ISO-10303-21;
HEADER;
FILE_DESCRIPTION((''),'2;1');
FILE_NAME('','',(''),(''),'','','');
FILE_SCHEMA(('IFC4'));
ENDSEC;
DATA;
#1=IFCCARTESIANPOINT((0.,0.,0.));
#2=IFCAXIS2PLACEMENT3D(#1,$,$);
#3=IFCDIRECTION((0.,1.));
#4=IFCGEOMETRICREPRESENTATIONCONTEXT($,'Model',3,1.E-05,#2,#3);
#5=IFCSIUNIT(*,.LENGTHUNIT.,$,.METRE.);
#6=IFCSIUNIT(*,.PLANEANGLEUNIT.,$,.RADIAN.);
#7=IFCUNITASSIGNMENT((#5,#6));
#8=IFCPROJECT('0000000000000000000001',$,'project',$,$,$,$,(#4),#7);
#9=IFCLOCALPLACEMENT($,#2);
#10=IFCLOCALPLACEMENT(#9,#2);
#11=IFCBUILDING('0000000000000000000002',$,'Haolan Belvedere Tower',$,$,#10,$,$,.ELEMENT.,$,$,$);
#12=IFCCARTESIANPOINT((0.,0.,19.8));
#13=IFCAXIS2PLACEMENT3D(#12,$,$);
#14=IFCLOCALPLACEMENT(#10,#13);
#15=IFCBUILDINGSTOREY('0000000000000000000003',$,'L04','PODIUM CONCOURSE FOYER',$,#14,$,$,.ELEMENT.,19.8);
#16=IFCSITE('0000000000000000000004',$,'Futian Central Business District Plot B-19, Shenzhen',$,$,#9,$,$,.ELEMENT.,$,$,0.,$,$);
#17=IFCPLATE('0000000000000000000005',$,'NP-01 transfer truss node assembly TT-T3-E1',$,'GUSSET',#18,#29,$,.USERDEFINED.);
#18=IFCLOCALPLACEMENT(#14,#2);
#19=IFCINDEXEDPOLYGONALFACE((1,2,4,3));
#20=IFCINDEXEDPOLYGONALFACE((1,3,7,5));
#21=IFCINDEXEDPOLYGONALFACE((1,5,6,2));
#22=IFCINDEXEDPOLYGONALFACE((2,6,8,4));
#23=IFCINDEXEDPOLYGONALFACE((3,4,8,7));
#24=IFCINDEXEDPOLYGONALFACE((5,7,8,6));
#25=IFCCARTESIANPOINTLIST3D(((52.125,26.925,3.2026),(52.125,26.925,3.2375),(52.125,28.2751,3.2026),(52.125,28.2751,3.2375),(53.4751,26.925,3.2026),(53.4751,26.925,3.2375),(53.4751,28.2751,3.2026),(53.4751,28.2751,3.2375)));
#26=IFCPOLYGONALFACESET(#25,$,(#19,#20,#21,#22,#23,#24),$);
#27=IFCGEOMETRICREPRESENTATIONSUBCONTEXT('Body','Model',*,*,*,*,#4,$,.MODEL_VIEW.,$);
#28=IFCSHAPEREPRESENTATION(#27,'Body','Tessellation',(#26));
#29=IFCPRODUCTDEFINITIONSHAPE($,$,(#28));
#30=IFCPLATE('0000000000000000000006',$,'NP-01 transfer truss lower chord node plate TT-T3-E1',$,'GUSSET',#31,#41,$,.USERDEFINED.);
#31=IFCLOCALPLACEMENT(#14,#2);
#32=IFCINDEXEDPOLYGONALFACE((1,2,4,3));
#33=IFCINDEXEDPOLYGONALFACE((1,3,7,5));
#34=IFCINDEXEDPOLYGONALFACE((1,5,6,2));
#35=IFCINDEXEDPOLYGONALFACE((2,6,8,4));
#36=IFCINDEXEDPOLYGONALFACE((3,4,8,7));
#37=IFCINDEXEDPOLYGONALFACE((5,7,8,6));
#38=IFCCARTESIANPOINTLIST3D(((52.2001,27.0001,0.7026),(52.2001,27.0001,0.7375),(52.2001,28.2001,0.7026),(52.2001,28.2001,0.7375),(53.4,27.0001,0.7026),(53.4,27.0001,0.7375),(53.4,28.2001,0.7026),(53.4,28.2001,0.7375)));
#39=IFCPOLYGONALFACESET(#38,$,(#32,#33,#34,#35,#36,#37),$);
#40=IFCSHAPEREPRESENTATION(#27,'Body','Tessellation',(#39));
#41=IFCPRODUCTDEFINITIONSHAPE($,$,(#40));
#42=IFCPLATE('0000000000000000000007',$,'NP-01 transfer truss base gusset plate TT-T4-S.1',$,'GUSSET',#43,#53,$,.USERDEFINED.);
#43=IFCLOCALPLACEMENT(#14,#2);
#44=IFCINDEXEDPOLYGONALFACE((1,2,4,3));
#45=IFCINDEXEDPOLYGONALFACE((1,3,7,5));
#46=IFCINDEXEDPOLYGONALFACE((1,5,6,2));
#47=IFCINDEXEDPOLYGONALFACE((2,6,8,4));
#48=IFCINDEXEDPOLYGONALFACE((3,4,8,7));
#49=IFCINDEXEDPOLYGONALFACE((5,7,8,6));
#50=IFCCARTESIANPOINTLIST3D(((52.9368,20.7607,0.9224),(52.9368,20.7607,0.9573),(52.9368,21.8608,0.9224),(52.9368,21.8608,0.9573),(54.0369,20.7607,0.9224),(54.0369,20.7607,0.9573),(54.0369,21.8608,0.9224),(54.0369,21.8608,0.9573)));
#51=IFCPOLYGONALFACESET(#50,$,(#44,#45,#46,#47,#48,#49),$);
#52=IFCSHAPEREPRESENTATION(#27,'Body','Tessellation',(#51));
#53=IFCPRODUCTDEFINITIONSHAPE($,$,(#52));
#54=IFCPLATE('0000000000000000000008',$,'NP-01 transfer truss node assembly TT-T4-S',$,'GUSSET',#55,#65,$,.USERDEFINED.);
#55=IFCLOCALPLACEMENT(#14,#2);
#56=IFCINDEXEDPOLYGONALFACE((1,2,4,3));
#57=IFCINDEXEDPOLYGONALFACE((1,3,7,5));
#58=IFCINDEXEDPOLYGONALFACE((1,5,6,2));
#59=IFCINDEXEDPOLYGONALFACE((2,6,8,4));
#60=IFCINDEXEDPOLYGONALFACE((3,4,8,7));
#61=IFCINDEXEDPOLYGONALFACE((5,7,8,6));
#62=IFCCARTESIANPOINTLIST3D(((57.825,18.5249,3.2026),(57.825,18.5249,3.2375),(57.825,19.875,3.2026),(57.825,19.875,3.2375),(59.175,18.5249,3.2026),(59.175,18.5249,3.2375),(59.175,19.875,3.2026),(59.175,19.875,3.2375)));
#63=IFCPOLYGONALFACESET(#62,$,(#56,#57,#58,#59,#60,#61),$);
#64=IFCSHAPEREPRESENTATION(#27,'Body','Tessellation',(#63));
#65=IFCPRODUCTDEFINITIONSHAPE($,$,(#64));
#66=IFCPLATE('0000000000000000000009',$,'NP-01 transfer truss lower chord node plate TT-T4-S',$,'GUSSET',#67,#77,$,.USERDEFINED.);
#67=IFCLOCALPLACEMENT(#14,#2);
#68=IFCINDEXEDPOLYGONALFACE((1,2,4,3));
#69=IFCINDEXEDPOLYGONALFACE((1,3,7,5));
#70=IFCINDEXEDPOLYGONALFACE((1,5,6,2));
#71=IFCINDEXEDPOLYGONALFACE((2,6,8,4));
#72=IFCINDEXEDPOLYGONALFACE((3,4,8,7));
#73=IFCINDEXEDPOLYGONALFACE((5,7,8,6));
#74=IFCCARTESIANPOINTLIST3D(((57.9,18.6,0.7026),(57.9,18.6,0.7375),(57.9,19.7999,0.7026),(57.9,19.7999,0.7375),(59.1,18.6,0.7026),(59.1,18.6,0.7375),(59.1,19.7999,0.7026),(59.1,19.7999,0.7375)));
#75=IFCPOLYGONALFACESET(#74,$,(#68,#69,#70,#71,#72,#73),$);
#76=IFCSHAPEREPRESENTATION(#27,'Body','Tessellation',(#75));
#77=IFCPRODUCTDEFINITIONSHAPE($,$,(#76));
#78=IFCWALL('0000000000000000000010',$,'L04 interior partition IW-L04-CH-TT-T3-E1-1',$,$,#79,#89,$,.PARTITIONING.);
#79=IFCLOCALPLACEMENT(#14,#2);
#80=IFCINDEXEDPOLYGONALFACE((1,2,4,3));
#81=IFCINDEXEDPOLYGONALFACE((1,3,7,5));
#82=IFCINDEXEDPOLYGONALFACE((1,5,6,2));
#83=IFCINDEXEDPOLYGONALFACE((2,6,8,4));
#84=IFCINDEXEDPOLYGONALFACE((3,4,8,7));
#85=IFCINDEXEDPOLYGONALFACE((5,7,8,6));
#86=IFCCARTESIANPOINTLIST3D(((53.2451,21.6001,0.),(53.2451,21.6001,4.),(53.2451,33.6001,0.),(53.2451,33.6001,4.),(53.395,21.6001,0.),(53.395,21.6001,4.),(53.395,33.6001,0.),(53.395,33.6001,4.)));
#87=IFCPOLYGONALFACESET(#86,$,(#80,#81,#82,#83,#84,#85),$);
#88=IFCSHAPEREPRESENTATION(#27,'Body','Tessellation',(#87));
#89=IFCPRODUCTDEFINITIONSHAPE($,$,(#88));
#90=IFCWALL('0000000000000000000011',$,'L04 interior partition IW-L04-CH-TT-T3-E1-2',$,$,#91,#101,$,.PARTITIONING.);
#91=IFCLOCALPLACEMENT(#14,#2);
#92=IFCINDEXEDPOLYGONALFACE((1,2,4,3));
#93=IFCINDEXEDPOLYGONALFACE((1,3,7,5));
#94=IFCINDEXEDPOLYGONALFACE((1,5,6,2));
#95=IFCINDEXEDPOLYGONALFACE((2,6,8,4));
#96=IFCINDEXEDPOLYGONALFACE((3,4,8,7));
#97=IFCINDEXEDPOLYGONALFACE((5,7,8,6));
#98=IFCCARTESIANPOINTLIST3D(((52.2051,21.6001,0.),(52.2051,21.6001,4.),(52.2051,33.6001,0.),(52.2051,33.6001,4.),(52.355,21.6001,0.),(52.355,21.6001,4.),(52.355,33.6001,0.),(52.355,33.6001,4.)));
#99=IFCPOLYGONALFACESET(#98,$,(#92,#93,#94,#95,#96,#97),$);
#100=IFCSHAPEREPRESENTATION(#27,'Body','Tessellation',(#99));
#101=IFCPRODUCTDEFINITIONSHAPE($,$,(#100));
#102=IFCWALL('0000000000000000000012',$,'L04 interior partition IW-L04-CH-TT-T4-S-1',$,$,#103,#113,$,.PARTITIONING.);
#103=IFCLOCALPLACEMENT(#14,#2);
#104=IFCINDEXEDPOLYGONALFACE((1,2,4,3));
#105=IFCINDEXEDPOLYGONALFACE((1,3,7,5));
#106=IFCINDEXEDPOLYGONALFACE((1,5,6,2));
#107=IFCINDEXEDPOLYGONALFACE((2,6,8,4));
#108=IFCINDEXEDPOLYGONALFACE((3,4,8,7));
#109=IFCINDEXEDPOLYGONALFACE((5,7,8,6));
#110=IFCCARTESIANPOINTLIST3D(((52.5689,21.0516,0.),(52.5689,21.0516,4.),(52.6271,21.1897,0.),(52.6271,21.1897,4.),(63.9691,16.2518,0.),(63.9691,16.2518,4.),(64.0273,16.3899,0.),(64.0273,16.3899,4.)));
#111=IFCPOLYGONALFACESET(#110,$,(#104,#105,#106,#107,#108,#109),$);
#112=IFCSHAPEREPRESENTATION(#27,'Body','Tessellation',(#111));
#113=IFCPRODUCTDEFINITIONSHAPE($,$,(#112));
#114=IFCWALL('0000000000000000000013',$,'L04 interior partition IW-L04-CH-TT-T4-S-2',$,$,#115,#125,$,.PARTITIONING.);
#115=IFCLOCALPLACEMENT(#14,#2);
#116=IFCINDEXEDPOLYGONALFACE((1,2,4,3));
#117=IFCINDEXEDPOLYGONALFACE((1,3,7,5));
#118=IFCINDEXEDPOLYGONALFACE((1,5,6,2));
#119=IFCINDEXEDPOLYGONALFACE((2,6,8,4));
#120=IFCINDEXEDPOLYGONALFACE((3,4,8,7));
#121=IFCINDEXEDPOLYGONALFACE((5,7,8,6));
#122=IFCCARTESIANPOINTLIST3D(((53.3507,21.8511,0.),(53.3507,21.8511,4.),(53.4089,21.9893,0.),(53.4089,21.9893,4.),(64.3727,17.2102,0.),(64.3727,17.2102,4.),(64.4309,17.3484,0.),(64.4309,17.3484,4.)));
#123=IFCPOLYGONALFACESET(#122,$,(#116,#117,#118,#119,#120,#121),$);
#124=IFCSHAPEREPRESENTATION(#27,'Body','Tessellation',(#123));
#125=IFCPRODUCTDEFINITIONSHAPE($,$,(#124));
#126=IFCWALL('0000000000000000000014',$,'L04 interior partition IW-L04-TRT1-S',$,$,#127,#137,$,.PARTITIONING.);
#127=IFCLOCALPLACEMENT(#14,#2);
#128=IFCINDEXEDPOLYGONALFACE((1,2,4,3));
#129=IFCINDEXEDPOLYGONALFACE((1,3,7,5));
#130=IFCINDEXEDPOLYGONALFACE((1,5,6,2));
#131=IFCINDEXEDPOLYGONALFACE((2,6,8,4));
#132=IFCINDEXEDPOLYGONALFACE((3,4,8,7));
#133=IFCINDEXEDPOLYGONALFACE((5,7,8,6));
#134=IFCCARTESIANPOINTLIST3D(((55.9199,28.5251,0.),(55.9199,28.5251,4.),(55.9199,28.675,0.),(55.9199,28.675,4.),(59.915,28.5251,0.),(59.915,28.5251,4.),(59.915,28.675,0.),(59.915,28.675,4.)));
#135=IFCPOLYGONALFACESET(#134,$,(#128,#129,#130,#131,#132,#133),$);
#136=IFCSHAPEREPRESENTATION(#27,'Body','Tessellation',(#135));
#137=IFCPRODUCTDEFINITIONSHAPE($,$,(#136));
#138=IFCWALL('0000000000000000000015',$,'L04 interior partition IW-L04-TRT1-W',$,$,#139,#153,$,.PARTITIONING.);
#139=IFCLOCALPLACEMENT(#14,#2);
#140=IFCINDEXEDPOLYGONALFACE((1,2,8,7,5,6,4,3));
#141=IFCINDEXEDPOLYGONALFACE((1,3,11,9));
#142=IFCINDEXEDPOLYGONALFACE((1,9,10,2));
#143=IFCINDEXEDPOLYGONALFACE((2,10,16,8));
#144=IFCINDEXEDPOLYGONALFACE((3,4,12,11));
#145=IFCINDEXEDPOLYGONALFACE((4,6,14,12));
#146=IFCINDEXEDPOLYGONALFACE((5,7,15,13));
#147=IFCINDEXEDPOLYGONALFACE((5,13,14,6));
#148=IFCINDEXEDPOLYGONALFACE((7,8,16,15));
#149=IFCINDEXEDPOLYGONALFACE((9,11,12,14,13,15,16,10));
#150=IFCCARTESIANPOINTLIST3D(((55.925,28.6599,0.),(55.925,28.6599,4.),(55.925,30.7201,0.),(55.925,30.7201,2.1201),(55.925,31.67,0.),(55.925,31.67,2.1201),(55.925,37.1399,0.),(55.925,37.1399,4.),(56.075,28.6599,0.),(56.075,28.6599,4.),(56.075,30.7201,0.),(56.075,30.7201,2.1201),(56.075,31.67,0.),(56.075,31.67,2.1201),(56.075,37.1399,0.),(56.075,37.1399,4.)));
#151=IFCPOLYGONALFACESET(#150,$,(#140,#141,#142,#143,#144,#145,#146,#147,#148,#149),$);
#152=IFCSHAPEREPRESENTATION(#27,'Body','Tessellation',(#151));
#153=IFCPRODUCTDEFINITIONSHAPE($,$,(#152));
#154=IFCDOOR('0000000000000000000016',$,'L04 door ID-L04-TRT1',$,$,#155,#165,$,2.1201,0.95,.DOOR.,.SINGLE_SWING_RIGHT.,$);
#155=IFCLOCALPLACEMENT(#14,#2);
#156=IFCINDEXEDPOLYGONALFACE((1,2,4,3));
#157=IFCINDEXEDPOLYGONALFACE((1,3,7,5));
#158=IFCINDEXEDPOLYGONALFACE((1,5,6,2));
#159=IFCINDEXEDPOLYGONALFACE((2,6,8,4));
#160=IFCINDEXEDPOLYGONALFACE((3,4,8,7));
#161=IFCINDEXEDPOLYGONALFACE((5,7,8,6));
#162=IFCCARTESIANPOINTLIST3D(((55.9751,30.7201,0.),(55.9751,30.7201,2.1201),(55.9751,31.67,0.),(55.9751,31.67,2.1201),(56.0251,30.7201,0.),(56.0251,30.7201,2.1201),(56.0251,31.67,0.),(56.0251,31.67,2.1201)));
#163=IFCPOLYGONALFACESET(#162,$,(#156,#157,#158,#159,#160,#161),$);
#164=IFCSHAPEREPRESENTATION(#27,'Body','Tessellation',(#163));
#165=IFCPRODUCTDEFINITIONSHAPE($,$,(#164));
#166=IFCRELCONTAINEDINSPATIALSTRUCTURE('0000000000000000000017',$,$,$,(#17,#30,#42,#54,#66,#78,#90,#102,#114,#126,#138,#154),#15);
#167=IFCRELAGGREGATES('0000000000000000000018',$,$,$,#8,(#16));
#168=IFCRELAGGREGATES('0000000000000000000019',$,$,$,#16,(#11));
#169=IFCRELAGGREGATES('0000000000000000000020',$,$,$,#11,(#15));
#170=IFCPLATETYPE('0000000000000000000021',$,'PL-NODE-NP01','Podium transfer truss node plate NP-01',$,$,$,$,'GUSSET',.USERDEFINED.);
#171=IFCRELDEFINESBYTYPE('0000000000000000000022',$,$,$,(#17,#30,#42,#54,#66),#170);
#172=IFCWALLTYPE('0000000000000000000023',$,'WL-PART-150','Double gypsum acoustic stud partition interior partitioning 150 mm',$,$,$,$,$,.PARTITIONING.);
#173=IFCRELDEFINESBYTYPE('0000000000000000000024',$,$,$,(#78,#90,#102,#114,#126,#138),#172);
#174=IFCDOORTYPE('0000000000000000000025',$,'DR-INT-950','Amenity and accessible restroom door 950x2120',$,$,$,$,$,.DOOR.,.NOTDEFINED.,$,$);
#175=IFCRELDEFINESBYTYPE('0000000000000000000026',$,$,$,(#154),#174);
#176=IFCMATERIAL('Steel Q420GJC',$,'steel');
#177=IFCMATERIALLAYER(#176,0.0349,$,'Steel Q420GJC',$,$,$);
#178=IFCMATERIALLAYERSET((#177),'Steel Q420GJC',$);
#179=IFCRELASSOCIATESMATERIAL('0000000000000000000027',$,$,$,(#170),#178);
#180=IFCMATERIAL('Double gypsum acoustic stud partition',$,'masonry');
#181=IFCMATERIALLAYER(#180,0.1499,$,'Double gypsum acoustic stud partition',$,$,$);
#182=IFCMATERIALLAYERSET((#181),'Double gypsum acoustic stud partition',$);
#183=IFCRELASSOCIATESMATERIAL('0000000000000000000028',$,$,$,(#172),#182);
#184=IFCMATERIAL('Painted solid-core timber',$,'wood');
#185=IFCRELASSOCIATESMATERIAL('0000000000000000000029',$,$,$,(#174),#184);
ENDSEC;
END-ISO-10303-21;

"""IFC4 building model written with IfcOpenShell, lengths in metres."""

from ifc_helpers import new_model, si_unit, direction, frame, frame_2d, origin, origin_2d, place, context, subcontext, project, spatial, rectangle, extrude, material, layer, layer_set, type_object, element, fill, save


model = new_model("IFC4")

# Units and contexts
model_context = context("Model", 3, precision=1e-05, world=origin(), true_north=direction((0.0, 1.0)))
body_context = subcontext(model_context, "Body", "Model", "MODEL_VIEW")
ifc_project = project(units=[si_unit("LENGTHUNIT", "METRE"), si_unit("PLANEANGLEUNIT", "RADIAN")], contexts=[model_context])

# Site, building, storey
site_placement = place(None, origin())
site = spatial("IfcSite", under=ifc_project, at=site_placement, Name="Futian Central Business District Plot B-19, Shenzhen", CompositionType="ELEMENT", RefElevation=0.0)
building_placement = place(site_placement, origin())
building = spatial("IfcBuilding", under=site, at=building_placement, Name="Haolan Belvedere Tower", CompositionType="ELEMENT")
storey_placement = place(building_placement, frame((0.0, 0.0, 19.8)))
storey = spatial("IfcBuildingStorey", under=building, at=storey_placement, Name="L04", Description="PODIUM CONCOURSE FOYER", CompositionType="ELEMENT", Elevation=19.8)

# Shared definitions
ifc_material_1 = material(Name="Steel Q420GJC", Category="steel")

# Plates
ifc_layer_1 = layer(ifc_material_1, 0.0349, Name="Steel Q420GJC")
ifc_layer_set_1 = layer_set([ifc_layer_1], Name="Steel Q420GJC")
plate_type_1 = type_object("IfcPlateType", Name="PL-NODE-NP01", Description="Podium transfer truss node plate NP-01", ElementType="GUSSET", PredefinedType="USERDEFINED", material=ifc_layer_set_1)
plate_1_placement = place(storey_placement, frame((52.8, 27.6001, 3.2026), z_axis=(0.0, 0.0, 1.0), x_axis=(1.0, 0.0, 0.0)))
element("IfcPlate", 1, at=plate_1_placement, inside=storey, type_object=plate_type_1, Name="NP-01 transfer truss node assembly TT-T3-E1", ObjectType="GUSSET", PredefinedType="USERDEFINED", context=body_context, shape_type="SweptSolid", body=[
    extrude(rectangle(XDim=1.3501, YDim=1.3501, at=origin_2d()), origin(), (0.0, 0.0, 1.0), 0.0349),
])
plate_2_placement = place(storey_placement, frame((52.8, 27.6001, 0.7026), z_axis=(0.0, 0.0, 1.0), x_axis=(1.0, 0.0, 0.0)))
element("IfcPlate", 2, at=plate_2_placement, inside=storey, type_object=plate_type_1, Name="NP-01 transfer truss lower chord node plate TT-T3-E1", ObjectType="GUSSET", PredefinedType="USERDEFINED", context=body_context, shape_type="SweptSolid", body=[
    extrude(rectangle(XDim=1.2, YDim=1.2, at=origin_2d()), origin(), (0.0, 0.0, 1.0), 0.0349),
])
plate_3_placement = place(storey_placement, frame((53.4868, 21.3108, 0.9224), z_axis=(0.0, 0.0, 1.0), x_axis=(1.0, 0.0, 0.0)))
element("IfcPlate", 3, at=plate_3_placement, inside=storey, type_object=plate_type_1, Name="NP-01 transfer truss base gusset plate TT-T4-S.1", ObjectType="GUSSET", PredefinedType="USERDEFINED", context=body_context, shape_type="SweptSolid", body=[
    extrude(rectangle(XDim=1.1001, YDim=1.1001, at=origin_2d()), origin(), (0.0, 0.0, 1.0), 0.0349),
])
plate_4_placement = place(storey_placement, frame((58.5, 19.2, 3.2026), z_axis=(0.0, 0.0, 1.0), x_axis=(1.0, 0.0, 0.0)))
element("IfcPlate", 4, at=plate_4_placement, inside=storey, type_object=plate_type_1, Name="NP-01 transfer truss node assembly TT-T4-S", ObjectType="GUSSET", PredefinedType="USERDEFINED", context=body_context, shape_type="SweptSolid", body=[
    extrude(rectangle(XDim=1.3501, YDim=1.3501, at=origin_2d()), origin(), (0.0, 0.0, 1.0), 0.0349),
])
plate_5_placement = place(storey_placement, frame((58.5, 19.2, 0.7026), z_axis=(0.0, 0.0, 1.0), x_axis=(1.0, 0.0, 0.0)))
element("IfcPlate", 5, at=plate_5_placement, inside=storey, type_object=plate_type_1, Name="NP-01 transfer truss lower chord node plate TT-T4-S", ObjectType="GUSSET", PredefinedType="USERDEFINED", context=body_context, shape_type="SweptSolid", body=[
    extrude(rectangle(XDim=1.2, YDim=1.2, at=origin_2d()), origin(), (0.0, 0.0, 1.0), 0.0349),
])

# Walls
ifc_material_2 = material(Name="Double gypsum acoustic stud partition", Category="masonry")
ifc_layer_2 = layer(ifc_material_2, 0.1499, Name="Double gypsum acoustic stud partition")
ifc_layer_set_2 = layer_set([ifc_layer_2], Name="Double gypsum acoustic stud partition")
wall_type = type_object("IfcWallType", Name="WL-PART-150", Description="Double gypsum acoustic stud partition interior partitioning 150 mm", PredefinedType="PARTITIONING", material=ifc_layer_set_2)
for number, where, z_axis, x_axis, name in (
    (6, (53.3201, 21.6001, 0.0), (0.0, 0.0, 1.0), (0.0, 1.0, 0.0), "L04 interior partition IW-L04-CH-TT-T3-E1-1"),
    (7, (52.28, 21.6001, 0.0), (0.0, 0.0, 1.0), (0.0, 1.0, 0.0), "L04 interior partition IW-L04-CH-TT-T3-E1-2"),
):
    element("IfcWall", number, at=place(storey_placement, frame(where, z_axis=z_axis, x_axis=x_axis)), inside=storey, type_object=wall_type, Name=name, PredefinedType="PARTITIONING", context=body_context, shape_type="SweptSolid", body=[
        extrude(rectangle(XDim=12.0, YDim=0.1499, at=frame_2d((6.0, 0.0))), origin(), (0.0, 0.0, 1.0), 4.0),
    ])
wall_1_placement = place(storey_placement, frame((52.5981, 21.1206, 0.0), z_axis=(0.0, 0.0, 1.0), x_axis=(0.921643, -0.388039, 0.0)))
element("IfcWall", 8, at=wall_1_placement, inside=storey, type_object=wall_type, Name="L04 interior partition IW-L04-CH-TT-T4-S-1", PredefinedType="PARTITIONING", context=body_context, shape_type="SweptSolid", body=[
    extrude(rectangle(XDim=12.3694, YDim=0.1499, at=frame_2d((6.1846, 0.0))), origin(), (0.0, 0.0, 1.0), 4.0),
])
wall_2_placement = place(storey_placement, frame((53.3799, 21.9202, 0.0), z_axis=(0.0, 0.0, 1.0), x_axis=(0.921634, -0.38806, 0.0)))
element("IfcWall", 9, at=wall_2_placement, inside=storey, type_object=wall_type, Name="L04 interior partition IW-L04-CH-TT-T4-S-2", PredefinedType="PARTITIONING", context=body_context, shape_type="SweptSolid", body=[
    extrude(rectangle(XDim=11.9592, YDim=0.1499, at=frame_2d((5.9795, 0.0))), origin(), (0.0, 0.0, 1.0), 4.0),
])
wall_3_placement = place(storey_placement, frame((55.9199, 28.6001, 0.0), z_axis=(0.0, 0.0, 1.0), x_axis=(1.0, 0.0, 0.0)))
element("IfcWall", 10, at=wall_3_placement, inside=storey, type_object=wall_type, Name="L04 interior partition IW-L04-TRT1-S", PredefinedType="PARTITIONING", context=body_context, shape_type="SweptSolid", body=[
    extrude(rectangle(XDim=3.9951, YDim=0.1499, at=frame_2d((1.9976, 0.0))), origin(), (0.0, 0.0, 1.0), 4.0),
])

# Wall, opening, door
wall_4_placement = place(storey_placement, frame((56.0, 28.6599, 0.0), z_axis=(0.0, 0.0, 1.0), x_axis=(0.0, 1.0, 0.0)))
wall_4 = element("IfcWall", 11, at=wall_4_placement, inside=storey, type_object=wall_type, Name="L04 interior partition IW-L04-TRT1-W", PredefinedType="PARTITIONING", context=body_context, shape_type="SweptSolid", body=[
    extrude(rectangle(XDim=8.48, YDim=0.1499, at=frame_2d((4.24, 0.0))), origin(), (0.0, 0.0, 1.0), 4.0),
])
opening_placement = place(wall_4_placement, frame((2.0601, 0.0, 0.0)))
opening = element("IfcOpeningElement", 12, at=opening_placement, cuts=wall_4, PredefinedType="OPENING", context=body_context, shape_type="SweptSolid", body=[
    extrude(rectangle(XDim=0.95, YDim=2.1201, at=frame_2d((0.4751, 1.0601))), frame((0.0, 0.085, 0.0), z_axis=(0.0, -1.0, 0.0), x_axis=(1.0, 0.0, 0.0)), (0.0, 0.0, 1.0), 0.1699),
])
ifc_material_3 = material(Name="Painted solid-core timber", Category="wood")
door_type = type_object("IfcDoorType", Name="DR-INT-950", Description="Amenity and accessible restroom door 950x2120", OperationType="NOTDEFINED", PredefinedType="DOOR", material=ifc_material_3)
door_placement = place(opening_placement, origin())
door = element("IfcDoor", 13, at=door_placement, inside=storey, type_object=door_type, Name="L04 door ID-L04-TRT1", OperationType="SINGLE_SWING_RIGHT", OverallHeight=2.1201, OverallWidth=0.95, PredefinedType="DOOR", context=body_context, shape_type="SweptSolid", body=[
    extrude(rectangle(XDim=0.95, YDim=2.1201, at=frame_2d((0.4751, 1.0601))), frame((0.0, 0.0249, 0.0), z_axis=(0.0, -1.0, 0.0), x_axis=(1.0, 0.0, 0.0)), (0.0, 0.0, 1.0), 0.05),
])
fill(opening, door)

save(model, "model.ifc")
